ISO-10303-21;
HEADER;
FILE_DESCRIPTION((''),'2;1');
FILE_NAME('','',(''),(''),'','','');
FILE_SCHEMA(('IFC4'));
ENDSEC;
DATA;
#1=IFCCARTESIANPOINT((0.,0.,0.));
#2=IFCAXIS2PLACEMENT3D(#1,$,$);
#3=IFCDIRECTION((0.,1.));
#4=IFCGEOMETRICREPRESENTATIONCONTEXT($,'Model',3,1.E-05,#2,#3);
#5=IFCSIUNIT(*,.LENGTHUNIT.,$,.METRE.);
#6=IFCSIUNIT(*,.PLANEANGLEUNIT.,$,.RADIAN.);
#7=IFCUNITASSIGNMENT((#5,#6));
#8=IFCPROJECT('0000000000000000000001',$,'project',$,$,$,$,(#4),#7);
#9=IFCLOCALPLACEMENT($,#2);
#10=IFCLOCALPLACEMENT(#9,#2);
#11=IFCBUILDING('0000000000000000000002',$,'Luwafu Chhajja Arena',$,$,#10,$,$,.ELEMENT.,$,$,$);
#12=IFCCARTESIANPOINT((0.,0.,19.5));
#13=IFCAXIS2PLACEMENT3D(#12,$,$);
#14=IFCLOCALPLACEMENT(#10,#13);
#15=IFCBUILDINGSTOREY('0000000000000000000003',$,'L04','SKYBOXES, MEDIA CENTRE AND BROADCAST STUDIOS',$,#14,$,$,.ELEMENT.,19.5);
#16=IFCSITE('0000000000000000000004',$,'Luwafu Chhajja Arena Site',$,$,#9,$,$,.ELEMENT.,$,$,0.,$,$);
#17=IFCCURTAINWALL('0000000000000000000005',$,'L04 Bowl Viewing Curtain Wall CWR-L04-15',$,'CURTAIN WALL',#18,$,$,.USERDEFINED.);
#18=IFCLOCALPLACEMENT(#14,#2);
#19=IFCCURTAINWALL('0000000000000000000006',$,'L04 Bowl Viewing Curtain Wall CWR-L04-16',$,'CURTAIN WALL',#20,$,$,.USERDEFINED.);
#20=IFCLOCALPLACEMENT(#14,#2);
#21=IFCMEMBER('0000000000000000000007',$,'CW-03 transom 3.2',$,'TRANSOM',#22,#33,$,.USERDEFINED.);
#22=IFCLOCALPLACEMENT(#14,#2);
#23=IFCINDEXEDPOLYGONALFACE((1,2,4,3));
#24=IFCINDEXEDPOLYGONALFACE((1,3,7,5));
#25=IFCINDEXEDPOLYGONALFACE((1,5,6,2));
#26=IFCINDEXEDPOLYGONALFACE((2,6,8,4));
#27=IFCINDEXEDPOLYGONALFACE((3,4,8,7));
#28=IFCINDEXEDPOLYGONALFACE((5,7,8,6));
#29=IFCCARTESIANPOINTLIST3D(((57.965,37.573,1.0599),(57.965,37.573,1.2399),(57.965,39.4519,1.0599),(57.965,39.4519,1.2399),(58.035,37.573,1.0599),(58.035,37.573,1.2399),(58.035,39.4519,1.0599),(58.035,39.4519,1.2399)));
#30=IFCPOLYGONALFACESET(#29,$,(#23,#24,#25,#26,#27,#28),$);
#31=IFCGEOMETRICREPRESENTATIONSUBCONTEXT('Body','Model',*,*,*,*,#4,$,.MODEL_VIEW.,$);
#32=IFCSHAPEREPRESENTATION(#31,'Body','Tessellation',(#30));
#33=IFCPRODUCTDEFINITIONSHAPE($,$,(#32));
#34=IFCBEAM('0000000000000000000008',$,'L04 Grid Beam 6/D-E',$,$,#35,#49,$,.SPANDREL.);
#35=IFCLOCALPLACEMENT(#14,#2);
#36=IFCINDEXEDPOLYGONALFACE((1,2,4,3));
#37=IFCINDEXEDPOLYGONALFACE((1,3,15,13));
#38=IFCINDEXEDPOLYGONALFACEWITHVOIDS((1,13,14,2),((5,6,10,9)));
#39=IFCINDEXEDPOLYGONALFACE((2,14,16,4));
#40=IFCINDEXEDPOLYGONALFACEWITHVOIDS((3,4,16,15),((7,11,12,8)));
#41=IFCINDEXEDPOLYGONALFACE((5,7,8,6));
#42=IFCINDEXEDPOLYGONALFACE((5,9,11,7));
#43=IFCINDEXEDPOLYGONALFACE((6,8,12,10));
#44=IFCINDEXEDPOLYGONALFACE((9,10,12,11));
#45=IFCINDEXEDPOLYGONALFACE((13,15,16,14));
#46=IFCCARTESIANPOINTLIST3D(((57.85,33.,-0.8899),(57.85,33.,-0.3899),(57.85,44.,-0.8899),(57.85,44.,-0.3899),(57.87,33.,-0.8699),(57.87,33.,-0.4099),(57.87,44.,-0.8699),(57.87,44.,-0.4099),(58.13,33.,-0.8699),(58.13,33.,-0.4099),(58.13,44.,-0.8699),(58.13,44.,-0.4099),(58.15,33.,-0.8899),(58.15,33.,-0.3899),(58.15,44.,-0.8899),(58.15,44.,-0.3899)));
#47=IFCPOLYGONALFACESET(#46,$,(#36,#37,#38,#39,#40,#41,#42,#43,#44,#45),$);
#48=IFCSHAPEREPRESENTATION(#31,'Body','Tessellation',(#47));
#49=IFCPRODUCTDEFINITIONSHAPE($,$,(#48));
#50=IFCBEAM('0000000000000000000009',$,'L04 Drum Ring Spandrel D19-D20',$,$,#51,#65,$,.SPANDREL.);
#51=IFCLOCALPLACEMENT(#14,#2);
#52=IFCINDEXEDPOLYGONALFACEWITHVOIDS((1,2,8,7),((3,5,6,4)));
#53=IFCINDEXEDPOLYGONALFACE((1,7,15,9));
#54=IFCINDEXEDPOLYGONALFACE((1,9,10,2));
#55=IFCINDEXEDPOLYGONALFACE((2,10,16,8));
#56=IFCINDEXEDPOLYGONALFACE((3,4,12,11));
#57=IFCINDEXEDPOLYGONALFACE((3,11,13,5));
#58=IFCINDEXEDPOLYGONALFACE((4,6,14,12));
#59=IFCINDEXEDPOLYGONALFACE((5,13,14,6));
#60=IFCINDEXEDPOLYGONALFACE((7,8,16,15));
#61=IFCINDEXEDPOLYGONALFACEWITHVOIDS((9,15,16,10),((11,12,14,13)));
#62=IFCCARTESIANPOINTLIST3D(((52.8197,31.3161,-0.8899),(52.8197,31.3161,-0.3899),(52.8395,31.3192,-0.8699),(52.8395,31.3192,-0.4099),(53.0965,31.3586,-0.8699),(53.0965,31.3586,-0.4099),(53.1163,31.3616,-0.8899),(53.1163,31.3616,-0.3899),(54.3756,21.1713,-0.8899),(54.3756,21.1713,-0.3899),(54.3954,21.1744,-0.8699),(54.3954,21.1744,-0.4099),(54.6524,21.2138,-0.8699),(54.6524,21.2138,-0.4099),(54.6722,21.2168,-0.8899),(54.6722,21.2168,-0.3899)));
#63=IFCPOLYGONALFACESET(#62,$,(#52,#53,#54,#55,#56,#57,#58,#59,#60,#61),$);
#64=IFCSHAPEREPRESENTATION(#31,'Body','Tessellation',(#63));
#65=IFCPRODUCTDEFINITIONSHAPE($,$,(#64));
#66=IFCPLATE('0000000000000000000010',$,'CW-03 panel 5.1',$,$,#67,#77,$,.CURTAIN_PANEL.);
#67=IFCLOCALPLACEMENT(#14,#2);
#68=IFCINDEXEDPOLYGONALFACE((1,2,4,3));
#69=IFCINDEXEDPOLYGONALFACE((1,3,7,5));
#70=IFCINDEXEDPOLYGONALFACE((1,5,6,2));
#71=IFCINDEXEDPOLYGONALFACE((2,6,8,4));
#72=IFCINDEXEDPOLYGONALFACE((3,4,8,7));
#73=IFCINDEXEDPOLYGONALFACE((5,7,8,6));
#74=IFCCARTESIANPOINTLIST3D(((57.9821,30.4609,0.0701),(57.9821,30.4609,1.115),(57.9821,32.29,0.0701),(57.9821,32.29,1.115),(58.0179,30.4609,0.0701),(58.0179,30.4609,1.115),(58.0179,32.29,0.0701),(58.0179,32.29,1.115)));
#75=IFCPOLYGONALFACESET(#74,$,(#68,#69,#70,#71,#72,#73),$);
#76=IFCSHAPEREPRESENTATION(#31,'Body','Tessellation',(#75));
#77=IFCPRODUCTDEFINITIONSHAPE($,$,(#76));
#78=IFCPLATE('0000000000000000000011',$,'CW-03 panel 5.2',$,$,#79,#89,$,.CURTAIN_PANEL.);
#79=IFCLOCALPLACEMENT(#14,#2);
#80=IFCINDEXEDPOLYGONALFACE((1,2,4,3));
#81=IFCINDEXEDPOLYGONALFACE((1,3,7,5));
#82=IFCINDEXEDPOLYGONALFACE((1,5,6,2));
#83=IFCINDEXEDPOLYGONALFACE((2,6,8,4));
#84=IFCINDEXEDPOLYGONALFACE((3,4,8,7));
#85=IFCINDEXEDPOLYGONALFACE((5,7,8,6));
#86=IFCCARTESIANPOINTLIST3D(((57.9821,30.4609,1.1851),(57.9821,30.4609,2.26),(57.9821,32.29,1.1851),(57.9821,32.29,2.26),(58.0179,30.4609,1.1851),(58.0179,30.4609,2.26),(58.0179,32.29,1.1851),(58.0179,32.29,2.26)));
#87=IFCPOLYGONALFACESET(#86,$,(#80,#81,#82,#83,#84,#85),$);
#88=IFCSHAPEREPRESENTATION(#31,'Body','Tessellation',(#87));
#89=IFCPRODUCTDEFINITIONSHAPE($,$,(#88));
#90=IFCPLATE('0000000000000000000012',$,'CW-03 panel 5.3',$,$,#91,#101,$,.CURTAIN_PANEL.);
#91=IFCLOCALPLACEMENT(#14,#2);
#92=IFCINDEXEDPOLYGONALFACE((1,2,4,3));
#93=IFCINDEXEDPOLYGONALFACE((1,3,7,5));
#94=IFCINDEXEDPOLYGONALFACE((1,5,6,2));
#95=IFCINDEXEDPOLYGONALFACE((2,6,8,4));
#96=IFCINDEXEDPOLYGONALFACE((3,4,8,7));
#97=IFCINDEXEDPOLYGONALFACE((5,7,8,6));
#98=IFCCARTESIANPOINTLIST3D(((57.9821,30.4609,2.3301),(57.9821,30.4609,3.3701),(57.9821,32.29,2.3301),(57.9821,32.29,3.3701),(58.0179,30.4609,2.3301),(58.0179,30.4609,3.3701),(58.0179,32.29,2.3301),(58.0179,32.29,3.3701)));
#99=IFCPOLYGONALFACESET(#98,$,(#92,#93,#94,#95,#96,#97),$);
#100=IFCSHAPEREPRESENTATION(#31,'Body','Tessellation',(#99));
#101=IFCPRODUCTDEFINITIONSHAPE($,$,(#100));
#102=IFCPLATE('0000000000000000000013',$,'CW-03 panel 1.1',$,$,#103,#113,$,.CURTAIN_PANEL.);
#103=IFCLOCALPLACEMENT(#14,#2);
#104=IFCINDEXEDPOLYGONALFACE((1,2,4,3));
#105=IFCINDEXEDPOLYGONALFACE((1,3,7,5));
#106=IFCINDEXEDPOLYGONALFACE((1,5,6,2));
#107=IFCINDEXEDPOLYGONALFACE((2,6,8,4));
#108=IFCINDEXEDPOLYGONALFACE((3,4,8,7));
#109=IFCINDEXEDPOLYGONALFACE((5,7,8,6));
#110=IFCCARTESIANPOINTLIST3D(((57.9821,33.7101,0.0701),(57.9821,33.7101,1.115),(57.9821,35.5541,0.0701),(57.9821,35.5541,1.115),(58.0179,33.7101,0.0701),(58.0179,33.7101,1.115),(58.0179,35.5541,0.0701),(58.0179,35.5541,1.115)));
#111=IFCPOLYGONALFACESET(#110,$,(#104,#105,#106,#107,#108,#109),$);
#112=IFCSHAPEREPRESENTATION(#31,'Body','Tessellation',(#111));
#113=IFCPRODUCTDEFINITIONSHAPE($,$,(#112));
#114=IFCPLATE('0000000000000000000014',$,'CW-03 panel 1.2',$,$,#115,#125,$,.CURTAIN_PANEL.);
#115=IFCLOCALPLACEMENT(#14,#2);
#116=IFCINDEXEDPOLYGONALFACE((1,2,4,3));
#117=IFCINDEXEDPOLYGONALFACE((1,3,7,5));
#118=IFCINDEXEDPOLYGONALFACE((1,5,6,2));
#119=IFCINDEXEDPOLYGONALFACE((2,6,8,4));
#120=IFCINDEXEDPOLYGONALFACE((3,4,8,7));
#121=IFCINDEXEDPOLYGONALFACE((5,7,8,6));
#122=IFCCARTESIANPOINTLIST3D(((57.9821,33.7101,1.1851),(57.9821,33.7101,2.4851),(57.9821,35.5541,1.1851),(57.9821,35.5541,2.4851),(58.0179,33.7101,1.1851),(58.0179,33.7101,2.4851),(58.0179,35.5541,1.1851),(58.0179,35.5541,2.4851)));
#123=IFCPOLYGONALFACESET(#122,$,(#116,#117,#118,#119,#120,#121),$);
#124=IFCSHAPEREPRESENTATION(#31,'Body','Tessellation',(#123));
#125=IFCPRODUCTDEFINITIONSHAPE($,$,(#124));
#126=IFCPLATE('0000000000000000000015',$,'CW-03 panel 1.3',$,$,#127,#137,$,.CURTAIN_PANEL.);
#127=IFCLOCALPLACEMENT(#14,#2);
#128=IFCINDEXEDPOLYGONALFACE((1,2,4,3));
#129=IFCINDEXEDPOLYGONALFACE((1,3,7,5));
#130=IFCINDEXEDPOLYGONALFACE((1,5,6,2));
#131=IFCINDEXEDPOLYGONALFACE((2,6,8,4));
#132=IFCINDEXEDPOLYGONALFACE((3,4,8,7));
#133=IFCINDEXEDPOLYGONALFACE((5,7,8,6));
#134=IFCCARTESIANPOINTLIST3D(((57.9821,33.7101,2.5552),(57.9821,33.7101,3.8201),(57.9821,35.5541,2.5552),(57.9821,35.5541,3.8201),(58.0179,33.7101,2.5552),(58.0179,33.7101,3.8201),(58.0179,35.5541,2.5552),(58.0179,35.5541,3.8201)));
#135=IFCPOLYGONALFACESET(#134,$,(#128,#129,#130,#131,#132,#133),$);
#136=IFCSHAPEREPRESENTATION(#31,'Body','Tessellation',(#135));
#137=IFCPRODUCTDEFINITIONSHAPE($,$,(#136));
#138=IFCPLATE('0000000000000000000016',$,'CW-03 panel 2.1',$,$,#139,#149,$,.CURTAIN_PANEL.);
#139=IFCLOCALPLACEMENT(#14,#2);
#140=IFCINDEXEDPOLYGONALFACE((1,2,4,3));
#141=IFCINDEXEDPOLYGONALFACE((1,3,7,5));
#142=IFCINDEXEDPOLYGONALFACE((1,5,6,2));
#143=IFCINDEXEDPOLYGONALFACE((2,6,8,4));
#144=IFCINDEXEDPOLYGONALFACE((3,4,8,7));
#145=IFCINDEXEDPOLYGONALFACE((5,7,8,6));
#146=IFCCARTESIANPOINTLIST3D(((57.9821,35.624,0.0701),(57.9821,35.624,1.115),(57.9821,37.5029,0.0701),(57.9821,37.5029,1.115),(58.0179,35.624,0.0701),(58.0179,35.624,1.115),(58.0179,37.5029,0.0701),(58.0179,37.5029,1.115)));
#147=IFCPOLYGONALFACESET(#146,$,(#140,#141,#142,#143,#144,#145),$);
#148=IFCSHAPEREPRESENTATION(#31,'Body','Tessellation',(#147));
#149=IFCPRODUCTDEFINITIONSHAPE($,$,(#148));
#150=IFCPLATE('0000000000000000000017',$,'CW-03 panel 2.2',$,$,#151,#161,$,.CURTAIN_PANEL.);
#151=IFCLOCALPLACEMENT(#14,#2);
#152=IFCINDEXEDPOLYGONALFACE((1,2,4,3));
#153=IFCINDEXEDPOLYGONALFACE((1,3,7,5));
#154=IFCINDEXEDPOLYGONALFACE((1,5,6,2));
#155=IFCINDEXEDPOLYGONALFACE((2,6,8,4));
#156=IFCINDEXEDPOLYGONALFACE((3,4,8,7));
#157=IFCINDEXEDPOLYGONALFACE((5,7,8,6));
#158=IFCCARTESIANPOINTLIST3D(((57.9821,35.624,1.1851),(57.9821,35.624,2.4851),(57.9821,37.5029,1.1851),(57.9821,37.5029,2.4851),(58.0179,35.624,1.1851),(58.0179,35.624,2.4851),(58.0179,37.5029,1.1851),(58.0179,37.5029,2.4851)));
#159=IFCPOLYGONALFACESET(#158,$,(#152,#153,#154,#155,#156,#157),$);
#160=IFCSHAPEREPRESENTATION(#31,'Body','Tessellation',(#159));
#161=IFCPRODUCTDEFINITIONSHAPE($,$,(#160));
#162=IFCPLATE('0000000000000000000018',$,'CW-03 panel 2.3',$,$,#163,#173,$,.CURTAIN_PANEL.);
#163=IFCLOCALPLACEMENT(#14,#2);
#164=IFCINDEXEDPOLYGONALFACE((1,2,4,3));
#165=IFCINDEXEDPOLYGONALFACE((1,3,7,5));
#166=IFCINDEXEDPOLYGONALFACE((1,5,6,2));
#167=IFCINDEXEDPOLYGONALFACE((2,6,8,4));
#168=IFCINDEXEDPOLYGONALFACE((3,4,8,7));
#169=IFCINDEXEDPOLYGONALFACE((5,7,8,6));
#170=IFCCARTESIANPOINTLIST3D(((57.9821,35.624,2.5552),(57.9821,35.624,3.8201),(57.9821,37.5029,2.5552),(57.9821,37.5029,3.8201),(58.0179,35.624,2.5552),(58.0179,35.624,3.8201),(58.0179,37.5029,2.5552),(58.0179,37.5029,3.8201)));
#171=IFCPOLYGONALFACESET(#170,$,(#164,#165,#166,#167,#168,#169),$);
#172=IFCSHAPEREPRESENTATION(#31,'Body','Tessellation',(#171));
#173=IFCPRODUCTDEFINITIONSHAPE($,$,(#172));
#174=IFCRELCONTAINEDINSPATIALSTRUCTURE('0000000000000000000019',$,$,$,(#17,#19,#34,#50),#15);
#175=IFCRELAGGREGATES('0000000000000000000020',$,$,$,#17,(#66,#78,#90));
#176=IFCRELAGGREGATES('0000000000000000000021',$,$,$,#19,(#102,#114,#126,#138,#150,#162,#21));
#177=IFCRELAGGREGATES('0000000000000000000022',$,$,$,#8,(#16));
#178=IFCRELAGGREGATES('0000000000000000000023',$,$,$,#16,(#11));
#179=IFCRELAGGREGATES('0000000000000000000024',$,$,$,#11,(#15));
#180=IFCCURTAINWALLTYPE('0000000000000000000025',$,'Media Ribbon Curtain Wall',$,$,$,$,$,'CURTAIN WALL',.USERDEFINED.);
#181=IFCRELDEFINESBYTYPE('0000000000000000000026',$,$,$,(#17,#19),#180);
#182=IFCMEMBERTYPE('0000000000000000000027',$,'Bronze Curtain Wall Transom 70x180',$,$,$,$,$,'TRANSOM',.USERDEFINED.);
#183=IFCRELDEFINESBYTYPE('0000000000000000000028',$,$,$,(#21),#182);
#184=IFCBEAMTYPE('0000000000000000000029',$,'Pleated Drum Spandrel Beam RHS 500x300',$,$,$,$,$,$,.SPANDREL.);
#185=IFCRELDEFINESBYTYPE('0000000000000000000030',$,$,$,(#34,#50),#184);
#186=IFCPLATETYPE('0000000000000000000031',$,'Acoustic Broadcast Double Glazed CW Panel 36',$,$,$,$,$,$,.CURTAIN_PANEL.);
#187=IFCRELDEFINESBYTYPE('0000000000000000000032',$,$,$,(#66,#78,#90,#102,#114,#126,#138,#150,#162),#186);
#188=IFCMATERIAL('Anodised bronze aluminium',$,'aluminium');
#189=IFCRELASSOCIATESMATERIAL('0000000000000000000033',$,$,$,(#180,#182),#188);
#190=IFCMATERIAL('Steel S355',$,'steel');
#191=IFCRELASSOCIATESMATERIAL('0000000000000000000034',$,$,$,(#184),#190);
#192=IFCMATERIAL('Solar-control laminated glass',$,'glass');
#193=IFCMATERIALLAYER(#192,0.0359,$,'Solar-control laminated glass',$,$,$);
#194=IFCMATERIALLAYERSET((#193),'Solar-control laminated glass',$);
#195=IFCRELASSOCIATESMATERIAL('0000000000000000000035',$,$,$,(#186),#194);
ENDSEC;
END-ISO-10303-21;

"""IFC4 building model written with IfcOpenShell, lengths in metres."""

from ifc_helpers import new_model, si_unit, direction, frame, origin, origin_2d, place, context, subcontext, project, spatial, rectangle, hollow_rectangle, extrude, material, layer, layer_set, material_profile, profile_set, type_object, element, aggregate, save


model = new_model("IFC4")

# Units and contexts
model_context = context("Model", 3, precision=1e-05, world=origin(), true_north=direction((0.0, 1.0)))
body_context = subcontext(model_context, "Body", "Model", "MODEL_VIEW")
ifc_project = project(units=[si_unit("LENGTHUNIT", "METRE"), si_unit("PLANEANGLEUNIT", "RADIAN")], contexts=[model_context])

# Site, building, storey
site_placement = place(None, origin())
site = spatial("IfcSite", under=ifc_project, at=site_placement, Name="Luwafu Chhajja Arena Site", CompositionType="ELEMENT", RefElevation=0.0)
building_placement = place(site_placement, origin())
building = spatial("IfcBuilding", under=site, at=building_placement, Name="Luwafu Chhajja Arena", CompositionType="ELEMENT")
storey_placement = place(building_placement, frame((0.0, 0.0, 19.5)))
storey = spatial("IfcBuildingStorey", under=building, at=storey_placement, Name="L04", Description="SKYBOXES, MEDIA CENTRE AND BROADCAST STUDIOS", CompositionType="ELEMENT", Elevation=19.5)

# Curtain wall
ifc_material_1 = material(Name="Anodised bronze aluminium", Category="aluminium")
curtain_wall_type = type_object("IfcCurtainWallType", Name="Media Ribbon Curtain Wall", ElementType="CURTAIN WALL", PredefinedType="USERDEFINED", material=ifc_material_1)
curtain_wall_1_placement = place(storey_placement, origin())
curtain_wall_1 = element("IfcCurtainWall", 1, at=curtain_wall_1_placement, inside=storey, type_object=curtain_wall_type, Name="L04 Bowl Viewing Curtain Wall CWR-L04-15", ObjectType="CURTAIN WALL", PredefinedType="USERDEFINED")

# Curtain wall, member
curtain_wall_2_placement = place(storey_placement, origin())
curtain_wall_2 = element("IfcCurtainWall", 2, at=curtain_wall_2_placement, inside=storey, type_object=curtain_wall_type, Name="L04 Bowl Viewing Curtain Wall CWR-L04-16", ObjectType="CURTAIN WALL", PredefinedType="USERDEFINED")
ifc_material_profile_1 = material_profile(ifc_material_1, rectangle(XDim=0.0701, YDim=0.1799, at=origin_2d()), Name="CWT 70x180")
ifc_profile_set_1 = profile_set([ifc_material_profile_1], Name="Anodised bronze aluminium")
member_type_1 = type_object("IfcMemberType", Name="Bronze Curtain Wall Transom 70x180", ElementType="TRANSOM", PredefinedType="USERDEFINED", material=ifc_profile_set_1)
member_1_placement = place(storey_placement, frame((58.0, 37.573, 1.1499), z_axis=(0.0, 1.0, 0.0), x_axis=(-1.0, 0.0, 0.0)))
member_1 = element("IfcMember", 3, at=member_1_placement, type_object=member_type_1, Name="CW-03 transom 3.2", ObjectType="TRANSOM", PredefinedType="USERDEFINED", context=body_context, shape_type="SweptSolid", body=[
    extrude(rectangle(XDim=0.0701, YDim=0.1799, at=origin_2d()), origin(), (0.0, 0.0, 1.0), 1.8789),
])

# Beams
ifc_material_2 = material(Name="Steel S355", Category="steel")
ifc_material_profile_2 = material_profile(ifc_material_2, hollow_rectangle(XDim=0.3, YDim=0.5, WallThickness=0.02, at=origin_2d()), Name="RHS 500x300x20")
ifc_profile_set_2 = profile_set([ifc_material_profile_2], Name="Steel S355")
beam_type = type_object("IfcBeamType", Name="Pleated Drum Spandrel Beam RHS 500x300", PredefinedType="SPANDREL", material=ifc_profile_set_2)
beam_1_placement = place(storey_placement, frame((58.0, 33.0, -0.6399), z_axis=(0.0, 1.0, 0.0), x_axis=(-1.0, 0.0, 0.0)))
element("IfcBeam", 4, at=beam_1_placement, inside=storey, type_object=beam_type, Name="L04 Grid Beam 6/D-E", PredefinedType="SPANDREL", context=body_context, shape_type="SweptSolid", body=[
    extrude(hollow_rectangle(XDim=0.3, YDim=0.5, WallThickness=0.02, at=origin_2d()), origin(), (0.0, 0.0, 1.0), 11.0),
])
beam_2_placement = place(storey_placement, frame((52.968, 31.3389, -0.6399), z_axis=(0.151598, -0.988442, 0.0), x_axis=(0.988442, 0.151598, 0.0)))
element("IfcBeam", 5, at=beam_2_placement, inside=storey, type_object=beam_type, Name="L04 Drum Ring Spandrel D19-D20", PredefinedType="SPANDREL", context=body_context, shape_type="SweptSolid", body=[
    extrude(hollow_rectangle(XDim=0.3, YDim=0.5, WallThickness=0.02, at=origin_2d()), origin(), (0.0, 0.0, 1.0), 10.2634),
])

# Plates
ifc_material_3 = material(Name="Solar-control laminated glass", Category="glass")
ifc_layer = layer(ifc_material_3, 0.0359, Name="Solar-control laminated glass")
ifc_layer_set = layer_set([ifc_layer], Name="Solar-control laminated glass")
plate_type = type_object("IfcPlateType", Name="Acoustic Broadcast Double Glazed CW Panel 36", PredefinedType="CURTAIN_PANEL", material=ifc_layer_set)
plate_1_placement = place(storey_placement, frame((58.0, 31.3755, 0.0701), z_axis=(0.0, 0.0, 1.0), x_axis=(0.0, 1.0, 0.0)))
plate_1 = element("IfcPlate", 6, at=plate_1_placement, type_object=plate_type, Name="CW-03 panel 5.1", PredefinedType="CURTAIN_PANEL", context=body_context, shape_type="SweptSolid", body=[
    extrude(rectangle(XDim=1.8291, YDim=0.0359, at=origin_2d()), origin(), (0.0, 0.0, 1.0), 1.0449),
])
plate_2_placement = place(storey_placement, frame((58.0, 31.3755, 1.1851), z_axis=(0.0, 0.0, 1.0), x_axis=(0.0, 1.0, 0.0)))
plate_2 = element("IfcPlate", 7, at=plate_2_placement, type_object=plate_type, Name="CW-03 panel 5.2", PredefinedType="CURTAIN_PANEL", context=body_context, shape_type="SweptSolid", body=[
    extrude(rectangle(XDim=1.8291, YDim=0.0359, at=origin_2d()), origin(), (0.0, 0.0, 1.0), 1.075),
])
plate_3_placement = place(storey_placement, frame((58.0, 31.3755, 2.3301), z_axis=(0.0, 0.0, 1.0), x_axis=(0.0, 1.0, 0.0)))
plate_3 = element("IfcPlate", 8, at=plate_3_placement, type_object=plate_type, Name="CW-03 panel 5.3", PredefinedType="CURTAIN_PANEL", context=body_context, shape_type="SweptSolid", body=[
    extrude(rectangle(XDim=1.8291, YDim=0.0359, at=origin_2d()), origin(), (0.0, 0.0, 1.0), 1.04),
])
aggregate(curtain_wall_1, [plate_1, plate_2, plate_3])
plate_4_placement = place(storey_placement, frame((58.0, 34.6321, 0.0701), z_axis=(0.0, 0.0, 1.0), x_axis=(0.0, 1.0, 0.0)))
plate_4 = element("IfcPlate", 9, at=plate_4_placement, type_object=plate_type, Name="CW-03 panel 1.1", PredefinedType="CURTAIN_PANEL", context=body_context, shape_type="SweptSolid", body=[
    extrude(rectangle(XDim=1.844, YDim=0.0359, at=origin_2d()), origin(), (0.0, 0.0, 1.0), 1.0449),
])
plate_5_placement = place(storey_placement, frame((58.0, 34.6321, 1.1851), z_axis=(0.0, 0.0, 1.0), x_axis=(0.0, 1.0, 0.0)))
plate_5 = element("IfcPlate", 10, at=plate_5_placement, type_object=plate_type, Name="CW-03 panel 1.2", PredefinedType="CURTAIN_PANEL", context=body_context, shape_type="SweptSolid", body=[
    extrude(rectangle(XDim=1.844, YDim=0.0359, at=origin_2d()), origin(), (0.0, 0.0, 1.0), 1.3),
])
plate_6_placement = place(storey_placement, frame((58.0, 34.6321, 2.5552), z_axis=(0.0, 0.0, 1.0), x_axis=(0.0, 1.0, 0.0)))
plate_6 = element("IfcPlate", 11, at=plate_6_placement, type_object=plate_type, Name="CW-03 panel 1.3", PredefinedType="CURTAIN_PANEL", context=body_context, shape_type="SweptSolid", body=[
    extrude(rectangle(XDim=1.844, YDim=0.0359, at=origin_2d()), origin(), (0.0, 0.0, 1.0), 1.2649),
])
plate_7_placement = place(storey_placement, frame((58.0, 36.5635, 0.0701), z_axis=(0.0, 0.0, 1.0), x_axis=(0.0, 1.0, 0.0)))
plate_7 = element("IfcPlate", 12, at=plate_7_placement, type_object=plate_type, Name="CW-03 panel 2.1", PredefinedType="CURTAIN_PANEL", context=body_context, shape_type="SweptSolid", body=[
    extrude(rectangle(XDim=1.8789, YDim=0.0359, at=origin_2d()), origin(), (0.0, 0.0, 1.0), 1.0449),
])
plate_8_placement = place(storey_placement, frame((58.0, 36.5635, 1.1851), z_axis=(0.0, 0.0, 1.0), x_axis=(0.0, 1.0, 0.0)))
plate_8 = element("IfcPlate", 13, at=plate_8_placement, type_object=plate_type, Name="CW-03 panel 2.2", PredefinedType="CURTAIN_PANEL", context=body_context, shape_type="SweptSolid", body=[
    extrude(rectangle(XDim=1.8789, YDim=0.0359, at=origin_2d()), origin(), (0.0, 0.0, 1.0), 1.3),
])
plate_9_placement = place(storey_placement, frame((58.0, 36.5635, 2.5552), z_axis=(0.0, 0.0, 1.0), x_axis=(0.0, 1.0, 0.0)))
plate_9 = element("IfcPlate", 14, at=plate_9_placement, type_object=plate_type, Name="CW-03 panel 2.3", PredefinedType="CURTAIN_PANEL", context=body_context, shape_type="SweptSolid", body=[
    extrude(rectangle(XDim=1.8789, YDim=0.0359, at=origin_2d()), origin(), (0.0, 0.0, 1.0), 1.2649),
])
aggregate(curtain_wall_2, [plate_4, plate_5, plate_6, plate_7, plate_8, plate_9, member_1])

save(model, "model.ifc")
